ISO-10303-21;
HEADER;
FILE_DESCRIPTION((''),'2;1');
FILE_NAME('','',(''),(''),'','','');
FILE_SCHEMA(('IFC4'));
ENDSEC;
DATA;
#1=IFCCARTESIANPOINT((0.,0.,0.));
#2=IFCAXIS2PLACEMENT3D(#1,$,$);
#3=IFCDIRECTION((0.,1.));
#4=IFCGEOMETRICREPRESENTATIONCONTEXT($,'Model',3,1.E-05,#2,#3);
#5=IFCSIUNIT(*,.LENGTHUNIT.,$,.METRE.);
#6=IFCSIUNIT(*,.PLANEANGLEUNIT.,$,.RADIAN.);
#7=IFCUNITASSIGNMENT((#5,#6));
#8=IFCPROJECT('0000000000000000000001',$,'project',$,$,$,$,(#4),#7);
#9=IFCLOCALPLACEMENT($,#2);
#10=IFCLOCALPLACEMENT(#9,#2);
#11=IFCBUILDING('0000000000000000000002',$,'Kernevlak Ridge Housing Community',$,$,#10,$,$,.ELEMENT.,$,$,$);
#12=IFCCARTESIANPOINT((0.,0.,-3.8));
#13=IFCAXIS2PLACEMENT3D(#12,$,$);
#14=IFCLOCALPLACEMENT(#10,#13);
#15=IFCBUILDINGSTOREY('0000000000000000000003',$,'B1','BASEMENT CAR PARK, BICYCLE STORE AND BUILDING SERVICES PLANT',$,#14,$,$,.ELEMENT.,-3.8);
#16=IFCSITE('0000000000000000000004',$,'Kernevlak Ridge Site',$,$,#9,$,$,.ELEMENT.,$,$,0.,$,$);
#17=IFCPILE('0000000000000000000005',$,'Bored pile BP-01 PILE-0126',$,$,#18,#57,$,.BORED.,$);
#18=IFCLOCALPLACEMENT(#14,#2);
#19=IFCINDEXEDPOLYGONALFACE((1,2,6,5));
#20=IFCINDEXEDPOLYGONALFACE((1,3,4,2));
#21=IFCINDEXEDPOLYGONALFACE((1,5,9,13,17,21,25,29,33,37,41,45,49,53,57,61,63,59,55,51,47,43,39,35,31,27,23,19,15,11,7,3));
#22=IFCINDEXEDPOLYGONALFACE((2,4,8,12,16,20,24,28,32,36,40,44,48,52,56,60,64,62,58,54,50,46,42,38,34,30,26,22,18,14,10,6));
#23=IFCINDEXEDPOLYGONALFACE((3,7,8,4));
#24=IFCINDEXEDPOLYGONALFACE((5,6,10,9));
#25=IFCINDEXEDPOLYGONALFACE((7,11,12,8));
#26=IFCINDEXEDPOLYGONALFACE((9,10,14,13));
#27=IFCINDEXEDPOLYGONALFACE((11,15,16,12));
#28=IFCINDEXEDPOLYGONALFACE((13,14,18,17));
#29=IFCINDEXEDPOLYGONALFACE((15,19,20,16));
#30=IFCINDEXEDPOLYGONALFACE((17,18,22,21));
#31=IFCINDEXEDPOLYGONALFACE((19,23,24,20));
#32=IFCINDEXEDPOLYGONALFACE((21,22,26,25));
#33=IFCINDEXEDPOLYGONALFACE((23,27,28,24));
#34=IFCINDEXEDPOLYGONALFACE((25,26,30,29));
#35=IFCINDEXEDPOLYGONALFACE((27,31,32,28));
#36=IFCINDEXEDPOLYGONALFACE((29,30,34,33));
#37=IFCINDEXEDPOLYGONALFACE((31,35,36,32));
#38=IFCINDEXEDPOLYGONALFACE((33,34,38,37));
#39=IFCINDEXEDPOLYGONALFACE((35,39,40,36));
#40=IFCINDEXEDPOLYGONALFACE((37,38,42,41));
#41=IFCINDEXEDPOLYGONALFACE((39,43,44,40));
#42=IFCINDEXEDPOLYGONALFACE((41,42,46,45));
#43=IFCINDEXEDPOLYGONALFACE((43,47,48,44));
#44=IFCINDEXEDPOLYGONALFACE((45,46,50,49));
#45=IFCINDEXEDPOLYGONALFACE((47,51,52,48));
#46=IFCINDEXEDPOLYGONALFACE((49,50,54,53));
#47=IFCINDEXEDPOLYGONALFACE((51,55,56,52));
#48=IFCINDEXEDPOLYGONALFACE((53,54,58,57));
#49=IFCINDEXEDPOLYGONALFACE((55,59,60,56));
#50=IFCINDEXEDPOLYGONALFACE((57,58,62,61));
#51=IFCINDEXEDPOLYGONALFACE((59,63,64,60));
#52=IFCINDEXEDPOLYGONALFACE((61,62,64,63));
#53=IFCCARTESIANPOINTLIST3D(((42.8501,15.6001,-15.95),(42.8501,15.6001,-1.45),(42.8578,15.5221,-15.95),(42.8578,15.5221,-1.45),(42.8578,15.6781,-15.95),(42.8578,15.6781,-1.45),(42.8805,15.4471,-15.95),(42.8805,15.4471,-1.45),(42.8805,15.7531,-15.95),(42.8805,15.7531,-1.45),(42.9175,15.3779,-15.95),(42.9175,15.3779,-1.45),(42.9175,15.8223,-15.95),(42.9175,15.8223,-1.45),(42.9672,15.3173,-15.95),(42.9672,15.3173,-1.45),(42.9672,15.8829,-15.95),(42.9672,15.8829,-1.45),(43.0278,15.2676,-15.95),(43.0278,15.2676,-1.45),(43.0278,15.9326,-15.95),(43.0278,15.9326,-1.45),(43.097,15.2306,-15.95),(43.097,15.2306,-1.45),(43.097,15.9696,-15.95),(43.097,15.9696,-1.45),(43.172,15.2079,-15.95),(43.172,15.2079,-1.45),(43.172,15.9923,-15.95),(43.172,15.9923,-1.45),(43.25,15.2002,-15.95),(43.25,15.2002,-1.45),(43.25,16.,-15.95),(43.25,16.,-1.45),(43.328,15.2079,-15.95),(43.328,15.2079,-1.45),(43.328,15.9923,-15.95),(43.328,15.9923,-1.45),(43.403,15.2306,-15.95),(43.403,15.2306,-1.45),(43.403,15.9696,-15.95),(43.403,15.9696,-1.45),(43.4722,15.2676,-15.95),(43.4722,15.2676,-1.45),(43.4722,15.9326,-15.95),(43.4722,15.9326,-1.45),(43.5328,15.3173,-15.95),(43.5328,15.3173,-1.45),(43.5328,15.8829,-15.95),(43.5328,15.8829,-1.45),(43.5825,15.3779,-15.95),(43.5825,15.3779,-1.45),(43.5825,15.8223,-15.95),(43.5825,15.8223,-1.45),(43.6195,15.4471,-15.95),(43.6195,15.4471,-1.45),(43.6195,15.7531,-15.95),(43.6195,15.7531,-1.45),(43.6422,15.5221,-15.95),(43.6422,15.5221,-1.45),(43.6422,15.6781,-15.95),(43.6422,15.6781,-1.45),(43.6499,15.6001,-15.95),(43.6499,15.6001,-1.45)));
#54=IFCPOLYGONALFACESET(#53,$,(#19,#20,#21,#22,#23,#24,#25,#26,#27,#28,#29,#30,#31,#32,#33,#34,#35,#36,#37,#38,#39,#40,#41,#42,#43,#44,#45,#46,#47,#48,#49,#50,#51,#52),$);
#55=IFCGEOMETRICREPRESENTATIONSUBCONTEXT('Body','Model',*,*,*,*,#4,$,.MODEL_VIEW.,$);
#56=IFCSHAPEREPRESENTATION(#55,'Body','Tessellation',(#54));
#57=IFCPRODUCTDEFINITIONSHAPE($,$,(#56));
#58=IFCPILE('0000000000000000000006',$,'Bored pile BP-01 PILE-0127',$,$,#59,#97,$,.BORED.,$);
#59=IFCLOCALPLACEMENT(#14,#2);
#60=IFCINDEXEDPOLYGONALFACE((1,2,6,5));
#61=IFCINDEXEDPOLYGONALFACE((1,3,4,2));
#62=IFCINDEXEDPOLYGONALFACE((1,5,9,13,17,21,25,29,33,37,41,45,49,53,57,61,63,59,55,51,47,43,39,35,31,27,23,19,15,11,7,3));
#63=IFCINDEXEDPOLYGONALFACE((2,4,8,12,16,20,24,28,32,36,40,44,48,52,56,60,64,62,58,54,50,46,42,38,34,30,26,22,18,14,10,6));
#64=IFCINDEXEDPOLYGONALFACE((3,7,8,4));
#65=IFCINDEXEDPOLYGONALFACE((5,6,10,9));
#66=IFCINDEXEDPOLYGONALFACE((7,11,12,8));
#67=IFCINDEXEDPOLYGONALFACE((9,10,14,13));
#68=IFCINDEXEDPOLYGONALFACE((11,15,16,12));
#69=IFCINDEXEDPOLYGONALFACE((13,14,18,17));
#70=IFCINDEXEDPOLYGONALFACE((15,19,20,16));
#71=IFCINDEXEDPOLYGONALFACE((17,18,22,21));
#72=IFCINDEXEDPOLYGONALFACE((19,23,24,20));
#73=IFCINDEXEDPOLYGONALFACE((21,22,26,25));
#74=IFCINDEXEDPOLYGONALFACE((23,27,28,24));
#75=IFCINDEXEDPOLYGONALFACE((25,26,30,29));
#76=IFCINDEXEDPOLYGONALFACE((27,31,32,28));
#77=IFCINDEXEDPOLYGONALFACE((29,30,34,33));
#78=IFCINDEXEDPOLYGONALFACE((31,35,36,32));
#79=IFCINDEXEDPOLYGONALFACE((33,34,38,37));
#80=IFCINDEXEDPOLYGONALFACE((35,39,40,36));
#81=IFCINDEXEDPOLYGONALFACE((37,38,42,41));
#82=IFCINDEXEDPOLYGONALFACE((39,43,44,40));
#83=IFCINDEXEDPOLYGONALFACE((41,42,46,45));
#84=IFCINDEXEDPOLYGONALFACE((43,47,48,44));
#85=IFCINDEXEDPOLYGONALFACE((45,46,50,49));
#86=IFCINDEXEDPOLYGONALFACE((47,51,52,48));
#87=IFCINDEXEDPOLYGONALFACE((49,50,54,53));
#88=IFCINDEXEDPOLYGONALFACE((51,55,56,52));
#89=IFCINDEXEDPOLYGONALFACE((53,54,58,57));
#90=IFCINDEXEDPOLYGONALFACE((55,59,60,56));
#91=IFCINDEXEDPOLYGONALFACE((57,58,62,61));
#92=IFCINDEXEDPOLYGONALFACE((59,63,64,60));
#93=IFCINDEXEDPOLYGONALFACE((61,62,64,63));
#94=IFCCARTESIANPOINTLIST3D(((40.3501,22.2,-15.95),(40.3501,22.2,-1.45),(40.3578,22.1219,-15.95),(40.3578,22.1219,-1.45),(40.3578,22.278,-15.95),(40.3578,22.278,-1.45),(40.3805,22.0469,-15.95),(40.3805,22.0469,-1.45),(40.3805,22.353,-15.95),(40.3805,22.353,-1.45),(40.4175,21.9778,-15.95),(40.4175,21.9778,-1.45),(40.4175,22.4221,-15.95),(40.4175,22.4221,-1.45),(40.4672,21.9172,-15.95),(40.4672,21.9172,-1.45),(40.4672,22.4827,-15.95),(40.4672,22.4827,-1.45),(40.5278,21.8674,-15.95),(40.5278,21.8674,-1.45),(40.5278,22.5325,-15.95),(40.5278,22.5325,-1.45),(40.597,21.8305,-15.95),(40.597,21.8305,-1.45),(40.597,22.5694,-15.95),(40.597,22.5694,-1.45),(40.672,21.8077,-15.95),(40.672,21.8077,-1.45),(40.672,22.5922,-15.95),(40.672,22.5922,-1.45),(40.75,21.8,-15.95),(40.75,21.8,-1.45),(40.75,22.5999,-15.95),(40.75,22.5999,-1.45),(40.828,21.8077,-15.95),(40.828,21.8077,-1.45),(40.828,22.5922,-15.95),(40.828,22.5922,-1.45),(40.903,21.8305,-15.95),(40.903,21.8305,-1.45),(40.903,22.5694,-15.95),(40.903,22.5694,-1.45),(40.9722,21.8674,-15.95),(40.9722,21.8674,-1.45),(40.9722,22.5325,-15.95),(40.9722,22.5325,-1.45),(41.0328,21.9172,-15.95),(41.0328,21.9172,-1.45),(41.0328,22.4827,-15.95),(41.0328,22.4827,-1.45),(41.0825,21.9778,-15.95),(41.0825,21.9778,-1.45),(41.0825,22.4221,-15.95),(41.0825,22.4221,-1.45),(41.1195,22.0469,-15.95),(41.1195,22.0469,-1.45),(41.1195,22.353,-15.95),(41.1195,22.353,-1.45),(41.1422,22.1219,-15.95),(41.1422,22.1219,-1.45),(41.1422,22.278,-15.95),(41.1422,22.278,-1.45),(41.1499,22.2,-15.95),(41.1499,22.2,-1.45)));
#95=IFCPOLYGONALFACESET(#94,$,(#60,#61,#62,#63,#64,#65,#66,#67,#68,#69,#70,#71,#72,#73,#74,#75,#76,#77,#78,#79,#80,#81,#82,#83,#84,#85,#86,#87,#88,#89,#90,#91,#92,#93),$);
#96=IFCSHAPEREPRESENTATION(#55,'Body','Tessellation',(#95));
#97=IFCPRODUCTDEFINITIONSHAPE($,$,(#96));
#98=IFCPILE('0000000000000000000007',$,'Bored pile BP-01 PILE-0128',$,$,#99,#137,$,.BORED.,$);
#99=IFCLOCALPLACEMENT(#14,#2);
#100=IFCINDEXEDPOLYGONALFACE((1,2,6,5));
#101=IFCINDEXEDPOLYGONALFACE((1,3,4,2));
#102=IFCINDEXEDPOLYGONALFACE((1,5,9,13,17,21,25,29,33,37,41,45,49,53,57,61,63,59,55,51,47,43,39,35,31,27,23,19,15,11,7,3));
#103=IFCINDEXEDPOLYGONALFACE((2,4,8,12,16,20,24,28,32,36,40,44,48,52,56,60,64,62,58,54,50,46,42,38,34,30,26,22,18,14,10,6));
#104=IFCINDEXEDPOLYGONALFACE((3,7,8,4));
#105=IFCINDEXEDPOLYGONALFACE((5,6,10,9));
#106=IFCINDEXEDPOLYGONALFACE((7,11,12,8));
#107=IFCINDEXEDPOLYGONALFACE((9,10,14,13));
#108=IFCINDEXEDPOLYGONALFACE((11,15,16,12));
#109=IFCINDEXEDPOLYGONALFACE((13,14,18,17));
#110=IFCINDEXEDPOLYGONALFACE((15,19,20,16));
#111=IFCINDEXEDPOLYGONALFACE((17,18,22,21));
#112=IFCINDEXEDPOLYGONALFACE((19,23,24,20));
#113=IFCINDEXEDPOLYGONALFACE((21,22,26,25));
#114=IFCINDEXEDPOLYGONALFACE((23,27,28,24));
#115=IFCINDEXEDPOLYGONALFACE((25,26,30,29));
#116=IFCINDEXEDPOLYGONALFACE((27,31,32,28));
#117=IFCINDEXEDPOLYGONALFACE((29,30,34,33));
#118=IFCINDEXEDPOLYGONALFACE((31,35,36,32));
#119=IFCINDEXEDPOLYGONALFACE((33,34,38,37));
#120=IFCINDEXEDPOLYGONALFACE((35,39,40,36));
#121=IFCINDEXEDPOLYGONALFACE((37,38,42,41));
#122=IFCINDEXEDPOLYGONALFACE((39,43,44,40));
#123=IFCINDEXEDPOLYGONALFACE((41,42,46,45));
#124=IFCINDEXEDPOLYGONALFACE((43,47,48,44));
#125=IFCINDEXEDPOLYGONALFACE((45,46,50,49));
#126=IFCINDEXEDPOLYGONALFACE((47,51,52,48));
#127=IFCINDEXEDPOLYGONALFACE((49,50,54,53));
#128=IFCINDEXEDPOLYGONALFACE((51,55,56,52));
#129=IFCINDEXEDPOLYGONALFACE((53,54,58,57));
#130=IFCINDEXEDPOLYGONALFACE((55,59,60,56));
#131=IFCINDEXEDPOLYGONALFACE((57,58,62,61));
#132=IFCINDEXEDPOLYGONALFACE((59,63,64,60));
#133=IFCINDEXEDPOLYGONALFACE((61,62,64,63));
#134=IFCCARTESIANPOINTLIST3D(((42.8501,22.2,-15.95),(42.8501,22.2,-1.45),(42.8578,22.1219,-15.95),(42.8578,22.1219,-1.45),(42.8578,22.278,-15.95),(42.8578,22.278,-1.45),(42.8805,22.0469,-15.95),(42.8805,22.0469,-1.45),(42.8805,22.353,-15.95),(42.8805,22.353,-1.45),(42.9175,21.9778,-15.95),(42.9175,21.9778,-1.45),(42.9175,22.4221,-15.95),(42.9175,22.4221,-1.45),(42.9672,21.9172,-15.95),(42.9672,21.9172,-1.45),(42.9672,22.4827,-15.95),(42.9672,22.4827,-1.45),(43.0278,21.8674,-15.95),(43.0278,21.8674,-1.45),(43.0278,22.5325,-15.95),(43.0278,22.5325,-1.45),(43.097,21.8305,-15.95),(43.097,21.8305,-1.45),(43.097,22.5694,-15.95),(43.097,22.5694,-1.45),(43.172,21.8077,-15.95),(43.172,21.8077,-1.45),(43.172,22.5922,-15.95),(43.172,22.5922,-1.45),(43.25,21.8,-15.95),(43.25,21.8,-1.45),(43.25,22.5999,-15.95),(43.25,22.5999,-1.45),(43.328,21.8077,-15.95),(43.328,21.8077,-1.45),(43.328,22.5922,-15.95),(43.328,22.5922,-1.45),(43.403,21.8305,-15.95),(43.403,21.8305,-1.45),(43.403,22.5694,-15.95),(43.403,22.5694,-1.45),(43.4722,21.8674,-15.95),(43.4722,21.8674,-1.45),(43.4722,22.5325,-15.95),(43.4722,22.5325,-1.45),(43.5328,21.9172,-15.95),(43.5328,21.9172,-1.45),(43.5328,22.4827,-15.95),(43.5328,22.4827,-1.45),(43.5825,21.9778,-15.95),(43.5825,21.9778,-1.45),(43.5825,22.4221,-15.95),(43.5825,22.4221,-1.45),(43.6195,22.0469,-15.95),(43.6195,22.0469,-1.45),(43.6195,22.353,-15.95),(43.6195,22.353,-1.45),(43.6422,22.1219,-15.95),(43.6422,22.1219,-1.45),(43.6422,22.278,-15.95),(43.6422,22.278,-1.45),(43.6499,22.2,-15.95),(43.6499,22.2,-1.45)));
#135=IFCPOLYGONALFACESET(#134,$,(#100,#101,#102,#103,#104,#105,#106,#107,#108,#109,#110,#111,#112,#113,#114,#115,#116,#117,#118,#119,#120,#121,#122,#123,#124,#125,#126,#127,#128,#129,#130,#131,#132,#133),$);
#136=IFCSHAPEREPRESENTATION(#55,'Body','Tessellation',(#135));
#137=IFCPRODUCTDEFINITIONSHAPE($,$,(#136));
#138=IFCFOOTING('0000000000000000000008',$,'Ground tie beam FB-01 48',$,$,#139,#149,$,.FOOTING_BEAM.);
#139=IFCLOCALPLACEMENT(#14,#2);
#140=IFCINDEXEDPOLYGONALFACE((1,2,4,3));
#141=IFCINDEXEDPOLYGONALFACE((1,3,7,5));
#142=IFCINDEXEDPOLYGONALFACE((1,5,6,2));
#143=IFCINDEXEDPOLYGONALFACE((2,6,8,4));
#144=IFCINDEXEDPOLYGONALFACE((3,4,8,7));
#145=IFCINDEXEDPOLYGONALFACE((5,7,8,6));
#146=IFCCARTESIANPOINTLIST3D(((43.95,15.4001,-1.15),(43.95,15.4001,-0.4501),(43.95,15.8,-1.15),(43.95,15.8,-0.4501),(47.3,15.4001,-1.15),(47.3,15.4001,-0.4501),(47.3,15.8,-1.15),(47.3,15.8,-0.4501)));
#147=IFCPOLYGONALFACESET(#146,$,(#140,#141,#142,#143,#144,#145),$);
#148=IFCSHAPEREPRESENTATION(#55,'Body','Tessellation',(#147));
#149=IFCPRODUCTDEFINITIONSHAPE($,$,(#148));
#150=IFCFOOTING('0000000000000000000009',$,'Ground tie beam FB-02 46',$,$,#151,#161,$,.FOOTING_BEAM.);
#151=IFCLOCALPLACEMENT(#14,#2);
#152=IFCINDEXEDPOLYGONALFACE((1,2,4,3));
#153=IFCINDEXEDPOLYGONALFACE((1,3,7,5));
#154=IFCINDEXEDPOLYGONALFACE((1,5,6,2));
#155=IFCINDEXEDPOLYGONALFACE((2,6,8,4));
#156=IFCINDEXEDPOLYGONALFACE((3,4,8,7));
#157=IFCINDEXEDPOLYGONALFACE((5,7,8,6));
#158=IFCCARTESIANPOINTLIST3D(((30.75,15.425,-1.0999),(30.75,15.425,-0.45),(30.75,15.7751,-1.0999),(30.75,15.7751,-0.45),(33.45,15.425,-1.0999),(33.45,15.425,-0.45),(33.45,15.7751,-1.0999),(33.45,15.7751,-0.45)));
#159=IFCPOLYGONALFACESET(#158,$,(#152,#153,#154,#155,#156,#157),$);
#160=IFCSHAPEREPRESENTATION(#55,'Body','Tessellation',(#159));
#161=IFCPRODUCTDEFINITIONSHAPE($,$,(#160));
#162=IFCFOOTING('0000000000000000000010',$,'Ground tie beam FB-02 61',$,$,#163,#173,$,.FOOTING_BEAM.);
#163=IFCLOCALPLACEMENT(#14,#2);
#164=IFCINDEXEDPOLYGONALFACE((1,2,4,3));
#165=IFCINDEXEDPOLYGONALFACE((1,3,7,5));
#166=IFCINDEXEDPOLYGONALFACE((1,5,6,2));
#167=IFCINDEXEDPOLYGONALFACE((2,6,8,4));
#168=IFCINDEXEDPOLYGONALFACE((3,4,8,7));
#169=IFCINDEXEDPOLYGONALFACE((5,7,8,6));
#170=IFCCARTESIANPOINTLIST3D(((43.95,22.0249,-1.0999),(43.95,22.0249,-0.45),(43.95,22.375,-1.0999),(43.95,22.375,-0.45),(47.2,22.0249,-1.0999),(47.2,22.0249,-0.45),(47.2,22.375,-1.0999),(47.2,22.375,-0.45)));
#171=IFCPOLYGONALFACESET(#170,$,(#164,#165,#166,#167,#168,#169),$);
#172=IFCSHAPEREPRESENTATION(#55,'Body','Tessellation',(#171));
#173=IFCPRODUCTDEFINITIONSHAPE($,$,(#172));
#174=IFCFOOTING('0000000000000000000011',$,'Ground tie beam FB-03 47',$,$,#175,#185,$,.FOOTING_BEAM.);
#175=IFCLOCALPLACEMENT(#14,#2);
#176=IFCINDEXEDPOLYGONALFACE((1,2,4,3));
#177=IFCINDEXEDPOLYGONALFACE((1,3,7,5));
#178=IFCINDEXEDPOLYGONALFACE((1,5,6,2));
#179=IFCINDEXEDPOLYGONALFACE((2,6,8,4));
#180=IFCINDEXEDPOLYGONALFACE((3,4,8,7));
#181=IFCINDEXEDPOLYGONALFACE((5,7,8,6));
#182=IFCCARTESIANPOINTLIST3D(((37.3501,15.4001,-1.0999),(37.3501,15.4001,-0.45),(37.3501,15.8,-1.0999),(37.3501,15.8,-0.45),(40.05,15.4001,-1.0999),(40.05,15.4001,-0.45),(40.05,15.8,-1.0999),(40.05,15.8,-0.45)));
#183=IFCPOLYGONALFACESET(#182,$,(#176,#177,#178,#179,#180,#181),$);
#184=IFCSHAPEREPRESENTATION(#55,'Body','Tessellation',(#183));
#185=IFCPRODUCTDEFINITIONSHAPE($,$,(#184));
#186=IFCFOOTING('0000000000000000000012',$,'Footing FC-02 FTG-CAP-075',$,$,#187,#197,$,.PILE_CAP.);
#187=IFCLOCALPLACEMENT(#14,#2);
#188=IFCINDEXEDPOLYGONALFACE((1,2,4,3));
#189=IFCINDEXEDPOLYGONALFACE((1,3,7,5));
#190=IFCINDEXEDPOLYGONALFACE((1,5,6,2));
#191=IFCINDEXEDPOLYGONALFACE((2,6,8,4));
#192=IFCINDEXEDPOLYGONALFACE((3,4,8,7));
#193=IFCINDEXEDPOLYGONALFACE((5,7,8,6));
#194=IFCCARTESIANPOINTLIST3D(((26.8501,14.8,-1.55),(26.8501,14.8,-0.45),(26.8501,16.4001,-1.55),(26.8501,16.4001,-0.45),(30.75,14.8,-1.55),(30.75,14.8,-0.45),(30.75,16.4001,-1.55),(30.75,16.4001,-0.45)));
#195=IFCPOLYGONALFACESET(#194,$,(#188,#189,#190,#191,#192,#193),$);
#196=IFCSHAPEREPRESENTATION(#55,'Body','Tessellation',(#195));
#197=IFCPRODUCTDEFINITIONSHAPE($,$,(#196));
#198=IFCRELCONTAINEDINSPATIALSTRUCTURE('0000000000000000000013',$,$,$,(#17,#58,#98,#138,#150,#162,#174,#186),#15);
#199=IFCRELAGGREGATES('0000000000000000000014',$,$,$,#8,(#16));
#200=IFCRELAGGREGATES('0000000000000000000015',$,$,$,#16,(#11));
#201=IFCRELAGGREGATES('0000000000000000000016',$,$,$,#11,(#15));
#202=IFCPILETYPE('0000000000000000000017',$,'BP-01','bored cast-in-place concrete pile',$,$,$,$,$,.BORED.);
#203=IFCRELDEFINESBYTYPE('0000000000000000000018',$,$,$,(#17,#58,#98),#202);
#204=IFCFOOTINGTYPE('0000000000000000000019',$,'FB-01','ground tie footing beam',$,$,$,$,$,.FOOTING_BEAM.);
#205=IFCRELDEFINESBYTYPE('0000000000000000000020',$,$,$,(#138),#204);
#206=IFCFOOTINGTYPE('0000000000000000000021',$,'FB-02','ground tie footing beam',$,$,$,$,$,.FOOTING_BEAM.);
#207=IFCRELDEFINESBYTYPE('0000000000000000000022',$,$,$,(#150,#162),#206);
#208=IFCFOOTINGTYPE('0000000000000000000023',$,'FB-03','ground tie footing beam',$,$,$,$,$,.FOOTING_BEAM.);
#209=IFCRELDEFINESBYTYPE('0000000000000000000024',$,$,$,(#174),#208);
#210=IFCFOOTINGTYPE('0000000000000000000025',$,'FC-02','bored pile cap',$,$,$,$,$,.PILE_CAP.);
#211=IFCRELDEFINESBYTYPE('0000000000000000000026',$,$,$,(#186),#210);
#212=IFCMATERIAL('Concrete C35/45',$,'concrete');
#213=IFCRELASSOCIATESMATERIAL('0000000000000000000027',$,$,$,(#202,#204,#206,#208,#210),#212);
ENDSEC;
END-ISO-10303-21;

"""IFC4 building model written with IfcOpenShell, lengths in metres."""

from ifc_helpers import new_model, si_unit, direction, frame, origin, origin_2d, place, context, subcontext, project, spatial, rectangle, circle, extrude, material, material_profile, profile_set, type_object, element, save


model = new_model("IFC4")

# Units and contexts
model_context = context("Model", 3, precision=1e-05, world=origin(), true_north=direction((0.0, 1.0)))
body_context = subcontext(model_context, "Body", "Model", "MODEL_VIEW")
ifc_project = project(units=[si_unit("LENGTHUNIT", "METRE"), si_unit("PLANEANGLEUNIT", "RADIAN")], contexts=[model_context])

# Site, building, storey
site_placement = place(None, origin())
site = spatial("IfcSite", under=ifc_project, at=site_placement, Name="Kernevlak Ridge Site", CompositionType="ELEMENT", RefElevation=0.0)
building_placement = place(site_placement, origin())
building = spatial("IfcBuilding", under=site, at=building_placement, Name="Kernevlak Ridge Housing Community", CompositionType="ELEMENT")
storey_placement = place(building_placement, frame((0.0, 0.0, -3.8)))
storey = spatial("IfcBuildingStorey", under=building, at=storey_placement, Name="B1", Description="BASEMENT CAR PARK, BICYCLE STORE AND BUILDING SERVICES PLANT", CompositionType="ELEMENT", Elevation=-3.8)

# Piles
ifc_material_1 = material(Name="Concrete C35/45", Category="concrete")
ifc_material_profile_1 = material_profile(ifc_material_1, circle(Radius=0.3999, at=origin_2d()), Name="BORED PILE 800")
ifc_profile_set_1 = profile_set([ifc_material_profile_1], Name="Concrete C35/45")
pile_type = type_object("IfcPileType", Name="BP-01", Description="bored cast-in-place concrete pile", PredefinedType="BORED", material=ifc_profile_set_1)
for number, where, z_axis, x_axis, name in (
    (1, (43.25, 15.6001, -1.45), (0.0, 0.0, -1.0), (1.0, 0.0, 0.0), "Bored pile BP-01 PILE-0126"),
    (2, (40.75, 22.2, -1.45), (0.0, 0.0, -1.0), (1.0, 0.0, 0.0), "Bored pile BP-01 PILE-0127"),
    (3, (43.25, 22.2, -1.45), (0.0, 0.0, -1.0), (1.0, 0.0, 0.0), "Bored pile BP-01 PILE-0128"),
):
    element("IfcPile", number, at=place(storey_placement, frame(where, z_axis=z_axis, x_axis=x_axis)), inside=storey, type_object=pile_type, Name=name, PredefinedType="BORED", context=body_context, shape_type="SweptSolid", body=[
        extrude(circle(Radius=0.3999, at=origin_2d()), origin(), (0.0, 0.0, 1.0), 14.5),
    ])

# Footings
ifc_material_profile_2 = material_profile(ifc_material_1, rectangle(XDim=0.3999, YDim=0.7, at=origin_2d()), Name="RC 400x700")
ifc_profile_set_2 = profile_set([ifc_material_profile_2], Name="Concrete C35/45")
footing_type_1 = type_object("IfcFootingType", Name="FB-01", Description="ground tie footing beam", PredefinedType="FOOTING_BEAM", material=ifc_profile_set_2)
footing_1_placement = place(storey_placement, frame((43.95, 15.6001, -0.8), z_axis=(1.0, 0.0, 0.0), x_axis=(0.0, 1.0, 0.0)))
element("IfcFooting", 4, at=footing_1_placement, inside=storey, type_object=footing_type_1, Name="Ground tie beam FB-01 48", PredefinedType="FOOTING_BEAM", context=body_context, shape_type="SweptSolid", body=[
    extrude(rectangle(XDim=0.3999, YDim=0.7, at=origin_2d()), origin(), (0.0, 0.0, 1.0), 3.3501),
])
ifc_material_profile_3 = material_profile(ifc_material_1, rectangle(XDim=0.3501, YDim=0.6499, at=origin_2d()), Name="RC 350x650")
ifc_profile_set_3 = profile_set([ifc_material_profile_3], Name="Concrete C35/45")
footing_type_2 = type_object("IfcFootingType", Name="FB-02", Description="ground tie footing beam", PredefinedType="FOOTING_BEAM", material=ifc_profile_set_3)
footing_2_placement = place(storey_placement, frame((30.75, 15.6001, -0.7749), z_axis=(1.0, 0.0, 0.0), x_axis=(0.0, 1.0, 0.0)))
element("IfcFooting", 5, at=footing_2_placement, inside=storey, type_object=footing_type_2, Name="Ground tie beam FB-02 46", PredefinedType="FOOTING_BEAM", context=body_context, shape_type="SweptSolid", body=[
    extrude(rectangle(XDim=0.3501, YDim=0.6499, at=origin_2d()), origin(), (0.0, 0.0, 1.0), 2.7),
])
footing_3_placement = place(storey_placement, frame((43.95, 22.2, -0.7749), z_axis=(1.0, 0.0, 0.0), x_axis=(0.0, 1.0, 0.0)))
element("IfcFooting", 6, at=footing_3_placement, inside=storey, type_object=footing_type_2, Name="Ground tie beam FB-02 61", PredefinedType="FOOTING_BEAM", context=body_context, shape_type="SweptSolid", body=[
    extrude(rectangle(XDim=0.3501, YDim=0.6499, at=origin_2d()), origin(), (0.0, 0.0, 1.0), 3.25),
])
ifc_material_profile_4 = material_profile(ifc_material_1, rectangle(XDim=0.3999, YDim=0.6499, at=origin_2d()), Name="RC 400x650")
ifc_profile_set_4 = profile_set([ifc_material_profile_4], Name="Concrete C35/45")
footing_type_3 = type_object("IfcFootingType", Name="FB-03", Description="ground tie footing beam", PredefinedType="FOOTING_BEAM", material=ifc_profile_set_4)
footing_4_placement = place(storey_placement, frame((37.3501, 15.6001, -0.7749), z_axis=(1.0, 0.0, 0.0), x_axis=(0.0, 1.0, 0.0)))
element("IfcFooting", 7, at=footing_4_placement, inside=storey, type_object=footing_type_3, Name="Ground tie beam FB-03 47", PredefinedType="FOOTING_BEAM", context=body_context, shape_type="SweptSolid", body=[
    extrude(rectangle(XDim=0.3999, YDim=0.6499, at=origin_2d()), origin(), (0.0, 0.0, 1.0), 2.7),
])
footing_type_4 = type_object("IfcFootingType", Name="FC-02", Description="bored pile cap", PredefinedType="PILE_CAP", material=ifc_material_1)
for number, where, z_axis, x_axis, name in (
    (8, (28.8, 15.6001, -1.55), (0.0, 0.0, 1.0), (1.0, 0.0, 0.0), "Footing FC-02 FTG-CAP-075"),
):
    element("IfcFooting", number, at=place(storey_placement, frame(where, z_axis=z_axis, x_axis=x_axis)), inside=storey, type_object=footing_type_4, Name=name, PredefinedType="PILE_CAP", context=body_context, shape_type="SweptSolid", body=[
        extrude(rectangle(XDim=3.8999, YDim=1.6001, at=origin_2d()), origin(), (0.0, 0.0, 1.0), 1.1001),
    ])

save(model, "model.ifc")
